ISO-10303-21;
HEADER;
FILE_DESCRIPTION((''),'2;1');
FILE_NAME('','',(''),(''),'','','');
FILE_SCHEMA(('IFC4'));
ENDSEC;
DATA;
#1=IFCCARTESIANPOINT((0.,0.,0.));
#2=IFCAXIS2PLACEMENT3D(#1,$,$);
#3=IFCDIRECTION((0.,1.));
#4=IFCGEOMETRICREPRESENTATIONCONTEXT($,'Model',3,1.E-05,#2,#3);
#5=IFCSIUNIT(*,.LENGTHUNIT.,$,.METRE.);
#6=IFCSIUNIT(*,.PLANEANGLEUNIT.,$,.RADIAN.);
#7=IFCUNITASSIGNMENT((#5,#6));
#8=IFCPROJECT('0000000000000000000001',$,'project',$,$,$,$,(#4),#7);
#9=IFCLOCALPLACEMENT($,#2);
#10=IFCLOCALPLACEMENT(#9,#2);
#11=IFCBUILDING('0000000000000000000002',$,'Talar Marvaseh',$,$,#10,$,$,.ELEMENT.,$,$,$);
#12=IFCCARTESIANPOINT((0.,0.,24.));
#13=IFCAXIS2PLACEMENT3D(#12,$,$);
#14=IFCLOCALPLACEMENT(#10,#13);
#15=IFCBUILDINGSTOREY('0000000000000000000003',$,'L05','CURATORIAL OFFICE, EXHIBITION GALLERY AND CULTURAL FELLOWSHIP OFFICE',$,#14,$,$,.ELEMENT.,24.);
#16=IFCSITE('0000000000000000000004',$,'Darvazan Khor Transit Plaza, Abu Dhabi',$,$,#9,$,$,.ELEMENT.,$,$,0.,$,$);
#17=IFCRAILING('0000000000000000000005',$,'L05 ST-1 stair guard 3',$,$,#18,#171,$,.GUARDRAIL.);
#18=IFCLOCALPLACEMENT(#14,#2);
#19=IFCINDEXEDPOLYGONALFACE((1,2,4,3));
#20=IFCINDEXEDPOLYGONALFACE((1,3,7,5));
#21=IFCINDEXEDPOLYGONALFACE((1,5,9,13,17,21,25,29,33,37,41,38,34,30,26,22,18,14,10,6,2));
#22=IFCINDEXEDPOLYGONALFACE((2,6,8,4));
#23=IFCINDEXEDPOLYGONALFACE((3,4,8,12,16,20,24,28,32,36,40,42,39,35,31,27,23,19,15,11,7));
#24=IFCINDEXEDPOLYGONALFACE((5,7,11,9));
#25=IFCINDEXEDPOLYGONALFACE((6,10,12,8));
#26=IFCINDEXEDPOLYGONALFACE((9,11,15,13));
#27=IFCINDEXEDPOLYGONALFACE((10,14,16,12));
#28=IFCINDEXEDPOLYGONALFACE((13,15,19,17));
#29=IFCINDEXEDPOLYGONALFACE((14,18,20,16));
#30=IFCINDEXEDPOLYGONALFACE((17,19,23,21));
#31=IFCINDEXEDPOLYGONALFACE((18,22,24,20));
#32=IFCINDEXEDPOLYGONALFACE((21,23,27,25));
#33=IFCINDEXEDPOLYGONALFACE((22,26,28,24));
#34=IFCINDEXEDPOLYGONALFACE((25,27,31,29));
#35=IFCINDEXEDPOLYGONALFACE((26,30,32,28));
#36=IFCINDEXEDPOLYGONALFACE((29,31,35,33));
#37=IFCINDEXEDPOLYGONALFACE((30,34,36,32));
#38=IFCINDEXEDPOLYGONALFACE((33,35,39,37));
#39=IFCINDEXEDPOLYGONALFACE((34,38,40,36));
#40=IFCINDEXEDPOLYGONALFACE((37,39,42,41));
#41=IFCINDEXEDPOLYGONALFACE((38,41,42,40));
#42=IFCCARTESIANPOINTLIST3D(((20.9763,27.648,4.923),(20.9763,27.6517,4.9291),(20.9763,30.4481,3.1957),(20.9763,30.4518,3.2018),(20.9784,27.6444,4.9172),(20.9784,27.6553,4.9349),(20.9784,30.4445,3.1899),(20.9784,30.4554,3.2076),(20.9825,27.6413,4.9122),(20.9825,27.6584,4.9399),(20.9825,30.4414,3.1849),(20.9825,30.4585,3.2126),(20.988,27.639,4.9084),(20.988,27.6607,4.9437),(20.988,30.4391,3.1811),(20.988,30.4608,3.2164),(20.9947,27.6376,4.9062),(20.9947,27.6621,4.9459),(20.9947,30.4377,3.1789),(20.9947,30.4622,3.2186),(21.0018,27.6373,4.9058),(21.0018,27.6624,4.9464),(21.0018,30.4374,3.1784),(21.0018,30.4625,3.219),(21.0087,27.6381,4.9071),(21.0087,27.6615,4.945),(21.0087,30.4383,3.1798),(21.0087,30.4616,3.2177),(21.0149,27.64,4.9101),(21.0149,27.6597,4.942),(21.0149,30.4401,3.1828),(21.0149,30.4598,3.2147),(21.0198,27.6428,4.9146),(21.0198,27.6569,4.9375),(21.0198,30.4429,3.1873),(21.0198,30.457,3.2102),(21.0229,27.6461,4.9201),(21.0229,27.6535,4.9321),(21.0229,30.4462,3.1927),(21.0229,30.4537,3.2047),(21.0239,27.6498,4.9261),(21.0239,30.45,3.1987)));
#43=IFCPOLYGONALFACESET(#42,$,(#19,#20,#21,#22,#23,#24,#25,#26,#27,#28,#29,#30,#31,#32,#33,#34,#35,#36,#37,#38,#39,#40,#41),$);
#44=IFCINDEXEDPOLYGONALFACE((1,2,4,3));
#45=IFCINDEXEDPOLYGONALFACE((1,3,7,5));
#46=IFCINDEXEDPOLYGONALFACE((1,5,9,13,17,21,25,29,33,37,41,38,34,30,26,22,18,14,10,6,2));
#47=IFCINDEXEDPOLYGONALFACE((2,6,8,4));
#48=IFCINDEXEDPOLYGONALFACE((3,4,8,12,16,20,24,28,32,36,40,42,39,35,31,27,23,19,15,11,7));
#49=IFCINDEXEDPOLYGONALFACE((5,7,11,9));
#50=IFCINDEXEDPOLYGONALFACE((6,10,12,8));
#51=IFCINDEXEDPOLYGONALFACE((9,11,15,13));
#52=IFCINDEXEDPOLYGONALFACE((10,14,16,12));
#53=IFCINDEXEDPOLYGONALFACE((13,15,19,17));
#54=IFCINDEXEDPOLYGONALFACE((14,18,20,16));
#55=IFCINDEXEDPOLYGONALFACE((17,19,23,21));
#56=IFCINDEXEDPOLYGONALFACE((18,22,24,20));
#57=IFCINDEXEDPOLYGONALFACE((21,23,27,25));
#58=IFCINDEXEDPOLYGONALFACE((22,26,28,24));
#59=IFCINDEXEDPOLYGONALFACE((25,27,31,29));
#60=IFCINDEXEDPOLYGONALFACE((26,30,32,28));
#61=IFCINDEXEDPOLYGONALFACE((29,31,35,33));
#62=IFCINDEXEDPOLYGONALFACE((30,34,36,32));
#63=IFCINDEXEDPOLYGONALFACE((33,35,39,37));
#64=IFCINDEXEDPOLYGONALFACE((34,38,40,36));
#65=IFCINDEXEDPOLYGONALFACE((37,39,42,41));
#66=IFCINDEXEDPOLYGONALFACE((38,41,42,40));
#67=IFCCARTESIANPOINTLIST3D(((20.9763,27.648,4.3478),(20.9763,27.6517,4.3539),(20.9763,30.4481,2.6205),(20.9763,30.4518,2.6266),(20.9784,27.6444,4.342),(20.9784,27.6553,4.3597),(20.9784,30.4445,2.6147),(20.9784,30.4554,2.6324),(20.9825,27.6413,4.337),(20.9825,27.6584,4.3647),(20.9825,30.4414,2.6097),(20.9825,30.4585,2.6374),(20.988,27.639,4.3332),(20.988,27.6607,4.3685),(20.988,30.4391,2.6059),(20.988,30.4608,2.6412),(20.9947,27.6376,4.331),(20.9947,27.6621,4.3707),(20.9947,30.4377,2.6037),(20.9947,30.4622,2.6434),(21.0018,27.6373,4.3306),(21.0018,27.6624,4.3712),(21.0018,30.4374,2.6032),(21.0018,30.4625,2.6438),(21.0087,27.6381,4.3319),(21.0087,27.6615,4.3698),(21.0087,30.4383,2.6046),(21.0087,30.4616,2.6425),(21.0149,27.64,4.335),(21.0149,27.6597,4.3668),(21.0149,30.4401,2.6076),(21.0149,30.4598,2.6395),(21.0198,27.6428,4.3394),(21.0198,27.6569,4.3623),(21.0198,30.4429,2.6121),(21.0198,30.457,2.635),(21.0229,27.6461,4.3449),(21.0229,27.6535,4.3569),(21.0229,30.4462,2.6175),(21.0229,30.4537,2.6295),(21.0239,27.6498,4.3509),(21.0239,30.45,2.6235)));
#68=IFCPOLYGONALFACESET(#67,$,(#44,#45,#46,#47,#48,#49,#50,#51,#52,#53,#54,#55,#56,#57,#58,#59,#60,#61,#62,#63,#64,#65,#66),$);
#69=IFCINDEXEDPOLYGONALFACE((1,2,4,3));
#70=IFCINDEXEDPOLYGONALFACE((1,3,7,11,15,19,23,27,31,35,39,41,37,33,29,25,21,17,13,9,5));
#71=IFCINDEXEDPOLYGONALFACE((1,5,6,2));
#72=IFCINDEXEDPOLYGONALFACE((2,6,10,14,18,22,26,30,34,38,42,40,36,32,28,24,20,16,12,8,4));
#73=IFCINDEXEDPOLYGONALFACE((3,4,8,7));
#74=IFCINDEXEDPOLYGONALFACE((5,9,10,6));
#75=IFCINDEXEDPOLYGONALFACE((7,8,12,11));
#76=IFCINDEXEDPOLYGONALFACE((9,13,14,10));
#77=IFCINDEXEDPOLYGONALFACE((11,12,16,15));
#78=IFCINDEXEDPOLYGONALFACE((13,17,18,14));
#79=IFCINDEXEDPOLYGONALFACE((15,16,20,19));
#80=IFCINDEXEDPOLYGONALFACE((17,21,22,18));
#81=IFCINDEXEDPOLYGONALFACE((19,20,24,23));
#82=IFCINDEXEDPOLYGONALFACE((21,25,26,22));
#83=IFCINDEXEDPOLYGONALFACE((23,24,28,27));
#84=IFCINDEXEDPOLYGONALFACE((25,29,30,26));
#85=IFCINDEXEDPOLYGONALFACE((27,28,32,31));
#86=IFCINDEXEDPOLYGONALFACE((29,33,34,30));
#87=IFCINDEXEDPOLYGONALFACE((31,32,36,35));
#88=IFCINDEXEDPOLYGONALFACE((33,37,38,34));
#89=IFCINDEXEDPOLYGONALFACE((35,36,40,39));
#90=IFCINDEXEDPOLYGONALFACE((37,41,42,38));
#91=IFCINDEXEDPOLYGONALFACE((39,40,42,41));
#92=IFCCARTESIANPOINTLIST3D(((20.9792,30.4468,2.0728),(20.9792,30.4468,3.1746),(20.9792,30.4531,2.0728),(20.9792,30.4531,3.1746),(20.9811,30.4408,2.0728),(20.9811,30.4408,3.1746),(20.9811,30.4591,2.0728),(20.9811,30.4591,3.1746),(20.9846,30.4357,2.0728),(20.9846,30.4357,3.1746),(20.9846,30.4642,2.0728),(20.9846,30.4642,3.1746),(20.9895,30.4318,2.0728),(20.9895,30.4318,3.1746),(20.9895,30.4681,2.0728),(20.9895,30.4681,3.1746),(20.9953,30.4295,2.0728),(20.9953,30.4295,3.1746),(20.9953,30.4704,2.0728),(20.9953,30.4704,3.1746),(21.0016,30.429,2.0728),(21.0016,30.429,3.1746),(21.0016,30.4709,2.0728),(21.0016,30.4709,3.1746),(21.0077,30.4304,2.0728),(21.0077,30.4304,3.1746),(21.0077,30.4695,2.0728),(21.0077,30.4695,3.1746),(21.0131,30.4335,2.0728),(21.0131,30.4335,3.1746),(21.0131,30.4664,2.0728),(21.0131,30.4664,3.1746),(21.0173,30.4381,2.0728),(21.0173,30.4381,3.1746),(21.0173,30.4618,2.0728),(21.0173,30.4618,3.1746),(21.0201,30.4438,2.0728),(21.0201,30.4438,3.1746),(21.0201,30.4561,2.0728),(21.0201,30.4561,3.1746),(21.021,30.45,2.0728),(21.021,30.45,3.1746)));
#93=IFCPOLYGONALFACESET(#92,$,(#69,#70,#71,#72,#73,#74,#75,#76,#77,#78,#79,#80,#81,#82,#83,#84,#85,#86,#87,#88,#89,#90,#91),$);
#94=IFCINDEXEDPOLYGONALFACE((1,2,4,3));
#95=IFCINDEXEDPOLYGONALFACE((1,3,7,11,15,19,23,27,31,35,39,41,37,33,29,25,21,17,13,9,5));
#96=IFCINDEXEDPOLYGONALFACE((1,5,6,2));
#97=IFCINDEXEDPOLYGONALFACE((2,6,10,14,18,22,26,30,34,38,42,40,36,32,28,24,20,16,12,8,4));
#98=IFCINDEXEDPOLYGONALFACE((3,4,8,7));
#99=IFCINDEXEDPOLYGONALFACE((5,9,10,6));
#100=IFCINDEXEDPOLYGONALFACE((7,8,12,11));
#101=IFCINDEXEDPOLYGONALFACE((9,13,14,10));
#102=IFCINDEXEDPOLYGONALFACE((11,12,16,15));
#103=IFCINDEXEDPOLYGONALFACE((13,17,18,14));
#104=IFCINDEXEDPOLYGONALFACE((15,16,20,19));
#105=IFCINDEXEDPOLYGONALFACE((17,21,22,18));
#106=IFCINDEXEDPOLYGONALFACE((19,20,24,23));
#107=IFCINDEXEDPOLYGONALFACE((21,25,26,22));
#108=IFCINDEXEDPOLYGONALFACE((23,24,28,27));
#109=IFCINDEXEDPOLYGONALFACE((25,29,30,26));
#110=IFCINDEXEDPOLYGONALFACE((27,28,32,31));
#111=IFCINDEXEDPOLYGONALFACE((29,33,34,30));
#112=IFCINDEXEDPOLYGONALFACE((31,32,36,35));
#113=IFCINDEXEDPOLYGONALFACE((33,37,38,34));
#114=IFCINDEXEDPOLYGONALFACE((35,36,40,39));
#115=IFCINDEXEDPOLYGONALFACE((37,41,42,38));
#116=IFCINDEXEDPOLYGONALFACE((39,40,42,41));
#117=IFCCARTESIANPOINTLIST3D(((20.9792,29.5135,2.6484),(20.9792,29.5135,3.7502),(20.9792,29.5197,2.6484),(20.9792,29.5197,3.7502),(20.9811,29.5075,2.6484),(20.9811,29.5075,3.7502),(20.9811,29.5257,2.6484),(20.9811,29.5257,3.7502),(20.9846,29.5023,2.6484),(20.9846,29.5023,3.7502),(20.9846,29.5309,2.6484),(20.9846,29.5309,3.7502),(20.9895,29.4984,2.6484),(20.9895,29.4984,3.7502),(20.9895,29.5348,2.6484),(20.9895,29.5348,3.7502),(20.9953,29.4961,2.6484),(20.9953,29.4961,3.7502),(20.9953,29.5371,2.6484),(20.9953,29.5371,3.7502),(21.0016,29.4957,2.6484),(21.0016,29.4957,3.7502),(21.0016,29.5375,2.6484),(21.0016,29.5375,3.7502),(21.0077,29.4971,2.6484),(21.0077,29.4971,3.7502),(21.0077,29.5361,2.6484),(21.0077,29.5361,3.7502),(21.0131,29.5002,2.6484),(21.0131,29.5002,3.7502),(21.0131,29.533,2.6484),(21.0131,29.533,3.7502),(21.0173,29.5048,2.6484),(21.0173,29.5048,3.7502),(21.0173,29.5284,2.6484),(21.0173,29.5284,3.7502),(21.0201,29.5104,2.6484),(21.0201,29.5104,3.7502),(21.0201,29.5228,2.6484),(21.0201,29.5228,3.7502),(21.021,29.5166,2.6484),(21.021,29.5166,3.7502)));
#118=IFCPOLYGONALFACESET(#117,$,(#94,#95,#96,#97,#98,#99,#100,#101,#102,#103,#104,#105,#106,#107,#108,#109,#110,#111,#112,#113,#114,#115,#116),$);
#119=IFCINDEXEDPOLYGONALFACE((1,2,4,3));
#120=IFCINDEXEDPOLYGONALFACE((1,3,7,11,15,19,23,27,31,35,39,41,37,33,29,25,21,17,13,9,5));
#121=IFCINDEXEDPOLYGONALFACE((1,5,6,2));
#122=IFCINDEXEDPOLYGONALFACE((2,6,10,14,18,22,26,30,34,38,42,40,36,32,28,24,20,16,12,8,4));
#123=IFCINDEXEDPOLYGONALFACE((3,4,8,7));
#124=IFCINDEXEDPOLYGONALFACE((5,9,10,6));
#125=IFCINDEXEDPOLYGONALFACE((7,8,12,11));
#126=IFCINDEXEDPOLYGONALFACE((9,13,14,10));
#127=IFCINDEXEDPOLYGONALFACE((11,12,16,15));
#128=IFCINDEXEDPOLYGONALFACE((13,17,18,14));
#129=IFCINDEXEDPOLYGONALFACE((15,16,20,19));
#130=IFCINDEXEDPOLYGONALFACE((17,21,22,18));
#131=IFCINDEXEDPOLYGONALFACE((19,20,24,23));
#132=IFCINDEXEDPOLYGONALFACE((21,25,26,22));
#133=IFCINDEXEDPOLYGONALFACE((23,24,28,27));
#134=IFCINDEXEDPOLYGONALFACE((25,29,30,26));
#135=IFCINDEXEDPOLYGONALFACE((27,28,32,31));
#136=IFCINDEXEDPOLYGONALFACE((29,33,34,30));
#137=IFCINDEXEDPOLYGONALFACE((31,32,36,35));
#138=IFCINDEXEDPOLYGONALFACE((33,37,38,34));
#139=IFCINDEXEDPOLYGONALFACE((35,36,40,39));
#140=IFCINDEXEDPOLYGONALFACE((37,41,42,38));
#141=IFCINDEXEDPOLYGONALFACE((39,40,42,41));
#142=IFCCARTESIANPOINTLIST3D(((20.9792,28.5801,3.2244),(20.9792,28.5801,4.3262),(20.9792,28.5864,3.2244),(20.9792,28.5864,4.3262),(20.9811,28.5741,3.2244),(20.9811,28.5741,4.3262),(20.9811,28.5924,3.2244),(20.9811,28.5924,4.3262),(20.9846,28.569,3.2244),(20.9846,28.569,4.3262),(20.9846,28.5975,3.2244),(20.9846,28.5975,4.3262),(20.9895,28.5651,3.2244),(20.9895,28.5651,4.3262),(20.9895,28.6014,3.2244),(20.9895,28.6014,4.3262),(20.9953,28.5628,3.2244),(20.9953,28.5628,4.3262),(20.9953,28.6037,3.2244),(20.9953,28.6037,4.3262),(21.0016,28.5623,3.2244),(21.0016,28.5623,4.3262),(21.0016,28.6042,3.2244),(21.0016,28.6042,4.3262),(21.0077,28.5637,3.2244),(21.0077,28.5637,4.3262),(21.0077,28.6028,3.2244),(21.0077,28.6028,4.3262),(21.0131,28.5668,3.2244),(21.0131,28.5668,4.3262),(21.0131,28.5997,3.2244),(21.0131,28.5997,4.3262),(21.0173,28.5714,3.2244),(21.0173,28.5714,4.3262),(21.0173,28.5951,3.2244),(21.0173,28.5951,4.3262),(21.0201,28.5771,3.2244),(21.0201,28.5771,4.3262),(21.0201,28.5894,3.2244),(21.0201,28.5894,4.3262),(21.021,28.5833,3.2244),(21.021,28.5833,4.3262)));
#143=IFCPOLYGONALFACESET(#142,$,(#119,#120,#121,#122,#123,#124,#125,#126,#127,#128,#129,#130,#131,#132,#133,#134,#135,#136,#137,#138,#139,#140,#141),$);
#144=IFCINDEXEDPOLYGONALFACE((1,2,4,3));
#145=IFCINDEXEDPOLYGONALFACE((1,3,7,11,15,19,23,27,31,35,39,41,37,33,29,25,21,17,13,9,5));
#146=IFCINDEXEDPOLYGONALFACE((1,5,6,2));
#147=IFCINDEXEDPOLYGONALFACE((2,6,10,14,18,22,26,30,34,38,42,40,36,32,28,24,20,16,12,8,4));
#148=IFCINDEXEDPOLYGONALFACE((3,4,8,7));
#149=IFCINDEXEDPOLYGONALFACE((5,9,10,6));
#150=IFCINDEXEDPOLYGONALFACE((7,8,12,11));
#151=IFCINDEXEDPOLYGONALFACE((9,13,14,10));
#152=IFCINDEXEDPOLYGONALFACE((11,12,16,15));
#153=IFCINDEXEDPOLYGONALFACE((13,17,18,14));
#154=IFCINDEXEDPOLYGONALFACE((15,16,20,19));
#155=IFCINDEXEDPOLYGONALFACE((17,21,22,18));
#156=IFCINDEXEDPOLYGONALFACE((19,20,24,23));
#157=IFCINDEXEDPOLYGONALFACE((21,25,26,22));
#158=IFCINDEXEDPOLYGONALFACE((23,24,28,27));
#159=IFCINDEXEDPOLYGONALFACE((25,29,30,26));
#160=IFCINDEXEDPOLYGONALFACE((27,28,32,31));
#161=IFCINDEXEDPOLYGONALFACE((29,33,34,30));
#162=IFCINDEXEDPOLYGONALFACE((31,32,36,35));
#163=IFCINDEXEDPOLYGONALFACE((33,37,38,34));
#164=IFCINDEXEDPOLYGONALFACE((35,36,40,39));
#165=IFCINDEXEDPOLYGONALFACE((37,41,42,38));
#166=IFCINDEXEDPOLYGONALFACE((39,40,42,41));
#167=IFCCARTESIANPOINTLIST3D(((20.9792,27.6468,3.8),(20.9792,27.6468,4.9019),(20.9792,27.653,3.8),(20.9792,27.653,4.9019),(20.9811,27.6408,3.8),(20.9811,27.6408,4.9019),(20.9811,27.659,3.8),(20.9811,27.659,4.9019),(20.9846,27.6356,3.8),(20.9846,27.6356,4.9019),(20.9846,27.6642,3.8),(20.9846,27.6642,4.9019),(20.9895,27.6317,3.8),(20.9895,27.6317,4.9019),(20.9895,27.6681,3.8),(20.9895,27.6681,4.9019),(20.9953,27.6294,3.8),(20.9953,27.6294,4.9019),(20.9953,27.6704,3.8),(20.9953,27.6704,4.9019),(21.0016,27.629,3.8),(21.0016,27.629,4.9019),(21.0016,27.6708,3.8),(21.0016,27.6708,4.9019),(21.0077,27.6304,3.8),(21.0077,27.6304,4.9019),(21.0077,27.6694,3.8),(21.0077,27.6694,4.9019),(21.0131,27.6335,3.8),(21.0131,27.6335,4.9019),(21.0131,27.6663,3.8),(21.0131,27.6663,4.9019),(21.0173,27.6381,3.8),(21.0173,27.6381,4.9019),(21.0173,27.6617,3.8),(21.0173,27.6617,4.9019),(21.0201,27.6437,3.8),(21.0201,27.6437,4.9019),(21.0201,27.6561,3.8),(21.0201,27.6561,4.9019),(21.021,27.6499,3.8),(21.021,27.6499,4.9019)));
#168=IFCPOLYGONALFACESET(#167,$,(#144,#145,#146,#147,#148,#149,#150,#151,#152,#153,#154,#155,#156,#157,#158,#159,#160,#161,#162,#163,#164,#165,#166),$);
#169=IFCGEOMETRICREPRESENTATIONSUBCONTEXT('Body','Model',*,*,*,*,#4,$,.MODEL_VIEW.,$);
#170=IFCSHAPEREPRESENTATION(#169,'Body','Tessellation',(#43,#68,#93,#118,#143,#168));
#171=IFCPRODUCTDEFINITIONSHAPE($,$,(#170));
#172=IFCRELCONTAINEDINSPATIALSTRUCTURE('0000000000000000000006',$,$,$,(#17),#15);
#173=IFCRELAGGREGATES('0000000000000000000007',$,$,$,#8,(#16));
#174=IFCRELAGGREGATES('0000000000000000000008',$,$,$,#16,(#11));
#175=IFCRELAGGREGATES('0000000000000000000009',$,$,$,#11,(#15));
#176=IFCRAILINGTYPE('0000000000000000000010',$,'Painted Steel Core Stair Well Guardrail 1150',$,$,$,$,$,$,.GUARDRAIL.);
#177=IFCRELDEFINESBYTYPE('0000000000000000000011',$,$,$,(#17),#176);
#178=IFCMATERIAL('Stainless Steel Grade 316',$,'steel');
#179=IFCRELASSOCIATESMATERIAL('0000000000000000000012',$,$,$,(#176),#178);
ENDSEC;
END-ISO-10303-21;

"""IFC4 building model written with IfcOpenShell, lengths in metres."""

from ifc_helpers import new_model, si_unit, direction, frame, origin, origin_2d, place, context, subcontext, project, spatial, circle, extrude, material, type_object, element, save


model = new_model("IFC4")

# Units and contexts
model_context = context("Model", 3, precision=1e-05, world=origin(), true_north=direction((0.0, 1.0)))
body_context = subcontext(model_context, "Body", "Model", "MODEL_VIEW")
ifc_project = project(units=[si_unit("LENGTHUNIT", "METRE"), si_unit("PLANEANGLEUNIT", "RADIAN")], contexts=[model_context])

# Site, building, storey
site_placement = place(None, origin())
site = spatial("IfcSite", under=ifc_project, at=site_placement, Name="Darvazan Khor Transit Plaza, Abu Dhabi", CompositionType="ELEMENT", RefElevation=0.0)
building_placement = place(site_placement, origin())
building = spatial("IfcBuilding", under=site, at=building_placement, Name="Talar Marvaseh", CompositionType="ELEMENT")
storey_placement = place(building_placement, frame((0.0, 0.0, 24.0)))
storey = spatial("IfcBuildingStorey", under=building, at=storey_placement, Name="L05", Description="CURATORIAL OFFICE, EXHIBITION GALLERY AND CULTURAL FELLOWSHIP OFFICE", CompositionType="ELEMENT", Elevation=24.0)

# Shared definitions
ifc_material_1 = material(Name="Stainless Steel Grade 316", Category="steel")

# Railing
railing_type_1 = type_object("IfcRailingType", Name="Painted Steel Core Stair Well Guardrail 1150", PredefinedType="GUARDRAIL", material=ifc_material_1)
railing_1_placement = place(storey_placement, frame((21.0, 30.45, 2.0728)))
element("IfcRailing", 1, at=railing_1_placement, inside=storey, type_object=railing_type_1, Name="L05 ST-1 stair guard 3", PredefinedType="GUARDRAIL", context=body_context, shape_type="SweptSolid", body=[
    extrude(circle(Radius=0.0239, at=origin_2d()), frame((0.0, 0.0, 1.126), z_axis=(0.0, -0.85109, 0.52502), x_axis=(1.0, 0.0, 0.0)), (0.0, 0.0, 1.0), 3.29),
    extrude(circle(Radius=0.0239, at=origin_2d()), frame((0.0, 0.0, 0.5508), z_axis=(0.0, -0.85109, 0.52502), x_axis=(1.0, 0.0, 0.0)), (0.0, 0.0, 1.0), 3.29),
    extrude(circle(Radius=0.021, at=origin_2d()), origin(), (0.0, 0.0, 1.0), 1.1018),
    extrude(circle(Radius=0.021, at=origin_2d()), frame((0.0, -0.9333, 0.5757)), (0.0, 0.0, 1.0), 1.1018),
    extrude(circle(Radius=0.021, at=origin_2d()), frame((0.0, -1.8667, 1.1516)), (0.0, 0.0, 1.0), 1.1018),
    extrude(circle(Radius=0.021, at=origin_2d()), frame((0.0, -2.8, 1.7273)), (0.0, 0.0, 1.0), 1.1018),
])

save(model, "model.ifc")
